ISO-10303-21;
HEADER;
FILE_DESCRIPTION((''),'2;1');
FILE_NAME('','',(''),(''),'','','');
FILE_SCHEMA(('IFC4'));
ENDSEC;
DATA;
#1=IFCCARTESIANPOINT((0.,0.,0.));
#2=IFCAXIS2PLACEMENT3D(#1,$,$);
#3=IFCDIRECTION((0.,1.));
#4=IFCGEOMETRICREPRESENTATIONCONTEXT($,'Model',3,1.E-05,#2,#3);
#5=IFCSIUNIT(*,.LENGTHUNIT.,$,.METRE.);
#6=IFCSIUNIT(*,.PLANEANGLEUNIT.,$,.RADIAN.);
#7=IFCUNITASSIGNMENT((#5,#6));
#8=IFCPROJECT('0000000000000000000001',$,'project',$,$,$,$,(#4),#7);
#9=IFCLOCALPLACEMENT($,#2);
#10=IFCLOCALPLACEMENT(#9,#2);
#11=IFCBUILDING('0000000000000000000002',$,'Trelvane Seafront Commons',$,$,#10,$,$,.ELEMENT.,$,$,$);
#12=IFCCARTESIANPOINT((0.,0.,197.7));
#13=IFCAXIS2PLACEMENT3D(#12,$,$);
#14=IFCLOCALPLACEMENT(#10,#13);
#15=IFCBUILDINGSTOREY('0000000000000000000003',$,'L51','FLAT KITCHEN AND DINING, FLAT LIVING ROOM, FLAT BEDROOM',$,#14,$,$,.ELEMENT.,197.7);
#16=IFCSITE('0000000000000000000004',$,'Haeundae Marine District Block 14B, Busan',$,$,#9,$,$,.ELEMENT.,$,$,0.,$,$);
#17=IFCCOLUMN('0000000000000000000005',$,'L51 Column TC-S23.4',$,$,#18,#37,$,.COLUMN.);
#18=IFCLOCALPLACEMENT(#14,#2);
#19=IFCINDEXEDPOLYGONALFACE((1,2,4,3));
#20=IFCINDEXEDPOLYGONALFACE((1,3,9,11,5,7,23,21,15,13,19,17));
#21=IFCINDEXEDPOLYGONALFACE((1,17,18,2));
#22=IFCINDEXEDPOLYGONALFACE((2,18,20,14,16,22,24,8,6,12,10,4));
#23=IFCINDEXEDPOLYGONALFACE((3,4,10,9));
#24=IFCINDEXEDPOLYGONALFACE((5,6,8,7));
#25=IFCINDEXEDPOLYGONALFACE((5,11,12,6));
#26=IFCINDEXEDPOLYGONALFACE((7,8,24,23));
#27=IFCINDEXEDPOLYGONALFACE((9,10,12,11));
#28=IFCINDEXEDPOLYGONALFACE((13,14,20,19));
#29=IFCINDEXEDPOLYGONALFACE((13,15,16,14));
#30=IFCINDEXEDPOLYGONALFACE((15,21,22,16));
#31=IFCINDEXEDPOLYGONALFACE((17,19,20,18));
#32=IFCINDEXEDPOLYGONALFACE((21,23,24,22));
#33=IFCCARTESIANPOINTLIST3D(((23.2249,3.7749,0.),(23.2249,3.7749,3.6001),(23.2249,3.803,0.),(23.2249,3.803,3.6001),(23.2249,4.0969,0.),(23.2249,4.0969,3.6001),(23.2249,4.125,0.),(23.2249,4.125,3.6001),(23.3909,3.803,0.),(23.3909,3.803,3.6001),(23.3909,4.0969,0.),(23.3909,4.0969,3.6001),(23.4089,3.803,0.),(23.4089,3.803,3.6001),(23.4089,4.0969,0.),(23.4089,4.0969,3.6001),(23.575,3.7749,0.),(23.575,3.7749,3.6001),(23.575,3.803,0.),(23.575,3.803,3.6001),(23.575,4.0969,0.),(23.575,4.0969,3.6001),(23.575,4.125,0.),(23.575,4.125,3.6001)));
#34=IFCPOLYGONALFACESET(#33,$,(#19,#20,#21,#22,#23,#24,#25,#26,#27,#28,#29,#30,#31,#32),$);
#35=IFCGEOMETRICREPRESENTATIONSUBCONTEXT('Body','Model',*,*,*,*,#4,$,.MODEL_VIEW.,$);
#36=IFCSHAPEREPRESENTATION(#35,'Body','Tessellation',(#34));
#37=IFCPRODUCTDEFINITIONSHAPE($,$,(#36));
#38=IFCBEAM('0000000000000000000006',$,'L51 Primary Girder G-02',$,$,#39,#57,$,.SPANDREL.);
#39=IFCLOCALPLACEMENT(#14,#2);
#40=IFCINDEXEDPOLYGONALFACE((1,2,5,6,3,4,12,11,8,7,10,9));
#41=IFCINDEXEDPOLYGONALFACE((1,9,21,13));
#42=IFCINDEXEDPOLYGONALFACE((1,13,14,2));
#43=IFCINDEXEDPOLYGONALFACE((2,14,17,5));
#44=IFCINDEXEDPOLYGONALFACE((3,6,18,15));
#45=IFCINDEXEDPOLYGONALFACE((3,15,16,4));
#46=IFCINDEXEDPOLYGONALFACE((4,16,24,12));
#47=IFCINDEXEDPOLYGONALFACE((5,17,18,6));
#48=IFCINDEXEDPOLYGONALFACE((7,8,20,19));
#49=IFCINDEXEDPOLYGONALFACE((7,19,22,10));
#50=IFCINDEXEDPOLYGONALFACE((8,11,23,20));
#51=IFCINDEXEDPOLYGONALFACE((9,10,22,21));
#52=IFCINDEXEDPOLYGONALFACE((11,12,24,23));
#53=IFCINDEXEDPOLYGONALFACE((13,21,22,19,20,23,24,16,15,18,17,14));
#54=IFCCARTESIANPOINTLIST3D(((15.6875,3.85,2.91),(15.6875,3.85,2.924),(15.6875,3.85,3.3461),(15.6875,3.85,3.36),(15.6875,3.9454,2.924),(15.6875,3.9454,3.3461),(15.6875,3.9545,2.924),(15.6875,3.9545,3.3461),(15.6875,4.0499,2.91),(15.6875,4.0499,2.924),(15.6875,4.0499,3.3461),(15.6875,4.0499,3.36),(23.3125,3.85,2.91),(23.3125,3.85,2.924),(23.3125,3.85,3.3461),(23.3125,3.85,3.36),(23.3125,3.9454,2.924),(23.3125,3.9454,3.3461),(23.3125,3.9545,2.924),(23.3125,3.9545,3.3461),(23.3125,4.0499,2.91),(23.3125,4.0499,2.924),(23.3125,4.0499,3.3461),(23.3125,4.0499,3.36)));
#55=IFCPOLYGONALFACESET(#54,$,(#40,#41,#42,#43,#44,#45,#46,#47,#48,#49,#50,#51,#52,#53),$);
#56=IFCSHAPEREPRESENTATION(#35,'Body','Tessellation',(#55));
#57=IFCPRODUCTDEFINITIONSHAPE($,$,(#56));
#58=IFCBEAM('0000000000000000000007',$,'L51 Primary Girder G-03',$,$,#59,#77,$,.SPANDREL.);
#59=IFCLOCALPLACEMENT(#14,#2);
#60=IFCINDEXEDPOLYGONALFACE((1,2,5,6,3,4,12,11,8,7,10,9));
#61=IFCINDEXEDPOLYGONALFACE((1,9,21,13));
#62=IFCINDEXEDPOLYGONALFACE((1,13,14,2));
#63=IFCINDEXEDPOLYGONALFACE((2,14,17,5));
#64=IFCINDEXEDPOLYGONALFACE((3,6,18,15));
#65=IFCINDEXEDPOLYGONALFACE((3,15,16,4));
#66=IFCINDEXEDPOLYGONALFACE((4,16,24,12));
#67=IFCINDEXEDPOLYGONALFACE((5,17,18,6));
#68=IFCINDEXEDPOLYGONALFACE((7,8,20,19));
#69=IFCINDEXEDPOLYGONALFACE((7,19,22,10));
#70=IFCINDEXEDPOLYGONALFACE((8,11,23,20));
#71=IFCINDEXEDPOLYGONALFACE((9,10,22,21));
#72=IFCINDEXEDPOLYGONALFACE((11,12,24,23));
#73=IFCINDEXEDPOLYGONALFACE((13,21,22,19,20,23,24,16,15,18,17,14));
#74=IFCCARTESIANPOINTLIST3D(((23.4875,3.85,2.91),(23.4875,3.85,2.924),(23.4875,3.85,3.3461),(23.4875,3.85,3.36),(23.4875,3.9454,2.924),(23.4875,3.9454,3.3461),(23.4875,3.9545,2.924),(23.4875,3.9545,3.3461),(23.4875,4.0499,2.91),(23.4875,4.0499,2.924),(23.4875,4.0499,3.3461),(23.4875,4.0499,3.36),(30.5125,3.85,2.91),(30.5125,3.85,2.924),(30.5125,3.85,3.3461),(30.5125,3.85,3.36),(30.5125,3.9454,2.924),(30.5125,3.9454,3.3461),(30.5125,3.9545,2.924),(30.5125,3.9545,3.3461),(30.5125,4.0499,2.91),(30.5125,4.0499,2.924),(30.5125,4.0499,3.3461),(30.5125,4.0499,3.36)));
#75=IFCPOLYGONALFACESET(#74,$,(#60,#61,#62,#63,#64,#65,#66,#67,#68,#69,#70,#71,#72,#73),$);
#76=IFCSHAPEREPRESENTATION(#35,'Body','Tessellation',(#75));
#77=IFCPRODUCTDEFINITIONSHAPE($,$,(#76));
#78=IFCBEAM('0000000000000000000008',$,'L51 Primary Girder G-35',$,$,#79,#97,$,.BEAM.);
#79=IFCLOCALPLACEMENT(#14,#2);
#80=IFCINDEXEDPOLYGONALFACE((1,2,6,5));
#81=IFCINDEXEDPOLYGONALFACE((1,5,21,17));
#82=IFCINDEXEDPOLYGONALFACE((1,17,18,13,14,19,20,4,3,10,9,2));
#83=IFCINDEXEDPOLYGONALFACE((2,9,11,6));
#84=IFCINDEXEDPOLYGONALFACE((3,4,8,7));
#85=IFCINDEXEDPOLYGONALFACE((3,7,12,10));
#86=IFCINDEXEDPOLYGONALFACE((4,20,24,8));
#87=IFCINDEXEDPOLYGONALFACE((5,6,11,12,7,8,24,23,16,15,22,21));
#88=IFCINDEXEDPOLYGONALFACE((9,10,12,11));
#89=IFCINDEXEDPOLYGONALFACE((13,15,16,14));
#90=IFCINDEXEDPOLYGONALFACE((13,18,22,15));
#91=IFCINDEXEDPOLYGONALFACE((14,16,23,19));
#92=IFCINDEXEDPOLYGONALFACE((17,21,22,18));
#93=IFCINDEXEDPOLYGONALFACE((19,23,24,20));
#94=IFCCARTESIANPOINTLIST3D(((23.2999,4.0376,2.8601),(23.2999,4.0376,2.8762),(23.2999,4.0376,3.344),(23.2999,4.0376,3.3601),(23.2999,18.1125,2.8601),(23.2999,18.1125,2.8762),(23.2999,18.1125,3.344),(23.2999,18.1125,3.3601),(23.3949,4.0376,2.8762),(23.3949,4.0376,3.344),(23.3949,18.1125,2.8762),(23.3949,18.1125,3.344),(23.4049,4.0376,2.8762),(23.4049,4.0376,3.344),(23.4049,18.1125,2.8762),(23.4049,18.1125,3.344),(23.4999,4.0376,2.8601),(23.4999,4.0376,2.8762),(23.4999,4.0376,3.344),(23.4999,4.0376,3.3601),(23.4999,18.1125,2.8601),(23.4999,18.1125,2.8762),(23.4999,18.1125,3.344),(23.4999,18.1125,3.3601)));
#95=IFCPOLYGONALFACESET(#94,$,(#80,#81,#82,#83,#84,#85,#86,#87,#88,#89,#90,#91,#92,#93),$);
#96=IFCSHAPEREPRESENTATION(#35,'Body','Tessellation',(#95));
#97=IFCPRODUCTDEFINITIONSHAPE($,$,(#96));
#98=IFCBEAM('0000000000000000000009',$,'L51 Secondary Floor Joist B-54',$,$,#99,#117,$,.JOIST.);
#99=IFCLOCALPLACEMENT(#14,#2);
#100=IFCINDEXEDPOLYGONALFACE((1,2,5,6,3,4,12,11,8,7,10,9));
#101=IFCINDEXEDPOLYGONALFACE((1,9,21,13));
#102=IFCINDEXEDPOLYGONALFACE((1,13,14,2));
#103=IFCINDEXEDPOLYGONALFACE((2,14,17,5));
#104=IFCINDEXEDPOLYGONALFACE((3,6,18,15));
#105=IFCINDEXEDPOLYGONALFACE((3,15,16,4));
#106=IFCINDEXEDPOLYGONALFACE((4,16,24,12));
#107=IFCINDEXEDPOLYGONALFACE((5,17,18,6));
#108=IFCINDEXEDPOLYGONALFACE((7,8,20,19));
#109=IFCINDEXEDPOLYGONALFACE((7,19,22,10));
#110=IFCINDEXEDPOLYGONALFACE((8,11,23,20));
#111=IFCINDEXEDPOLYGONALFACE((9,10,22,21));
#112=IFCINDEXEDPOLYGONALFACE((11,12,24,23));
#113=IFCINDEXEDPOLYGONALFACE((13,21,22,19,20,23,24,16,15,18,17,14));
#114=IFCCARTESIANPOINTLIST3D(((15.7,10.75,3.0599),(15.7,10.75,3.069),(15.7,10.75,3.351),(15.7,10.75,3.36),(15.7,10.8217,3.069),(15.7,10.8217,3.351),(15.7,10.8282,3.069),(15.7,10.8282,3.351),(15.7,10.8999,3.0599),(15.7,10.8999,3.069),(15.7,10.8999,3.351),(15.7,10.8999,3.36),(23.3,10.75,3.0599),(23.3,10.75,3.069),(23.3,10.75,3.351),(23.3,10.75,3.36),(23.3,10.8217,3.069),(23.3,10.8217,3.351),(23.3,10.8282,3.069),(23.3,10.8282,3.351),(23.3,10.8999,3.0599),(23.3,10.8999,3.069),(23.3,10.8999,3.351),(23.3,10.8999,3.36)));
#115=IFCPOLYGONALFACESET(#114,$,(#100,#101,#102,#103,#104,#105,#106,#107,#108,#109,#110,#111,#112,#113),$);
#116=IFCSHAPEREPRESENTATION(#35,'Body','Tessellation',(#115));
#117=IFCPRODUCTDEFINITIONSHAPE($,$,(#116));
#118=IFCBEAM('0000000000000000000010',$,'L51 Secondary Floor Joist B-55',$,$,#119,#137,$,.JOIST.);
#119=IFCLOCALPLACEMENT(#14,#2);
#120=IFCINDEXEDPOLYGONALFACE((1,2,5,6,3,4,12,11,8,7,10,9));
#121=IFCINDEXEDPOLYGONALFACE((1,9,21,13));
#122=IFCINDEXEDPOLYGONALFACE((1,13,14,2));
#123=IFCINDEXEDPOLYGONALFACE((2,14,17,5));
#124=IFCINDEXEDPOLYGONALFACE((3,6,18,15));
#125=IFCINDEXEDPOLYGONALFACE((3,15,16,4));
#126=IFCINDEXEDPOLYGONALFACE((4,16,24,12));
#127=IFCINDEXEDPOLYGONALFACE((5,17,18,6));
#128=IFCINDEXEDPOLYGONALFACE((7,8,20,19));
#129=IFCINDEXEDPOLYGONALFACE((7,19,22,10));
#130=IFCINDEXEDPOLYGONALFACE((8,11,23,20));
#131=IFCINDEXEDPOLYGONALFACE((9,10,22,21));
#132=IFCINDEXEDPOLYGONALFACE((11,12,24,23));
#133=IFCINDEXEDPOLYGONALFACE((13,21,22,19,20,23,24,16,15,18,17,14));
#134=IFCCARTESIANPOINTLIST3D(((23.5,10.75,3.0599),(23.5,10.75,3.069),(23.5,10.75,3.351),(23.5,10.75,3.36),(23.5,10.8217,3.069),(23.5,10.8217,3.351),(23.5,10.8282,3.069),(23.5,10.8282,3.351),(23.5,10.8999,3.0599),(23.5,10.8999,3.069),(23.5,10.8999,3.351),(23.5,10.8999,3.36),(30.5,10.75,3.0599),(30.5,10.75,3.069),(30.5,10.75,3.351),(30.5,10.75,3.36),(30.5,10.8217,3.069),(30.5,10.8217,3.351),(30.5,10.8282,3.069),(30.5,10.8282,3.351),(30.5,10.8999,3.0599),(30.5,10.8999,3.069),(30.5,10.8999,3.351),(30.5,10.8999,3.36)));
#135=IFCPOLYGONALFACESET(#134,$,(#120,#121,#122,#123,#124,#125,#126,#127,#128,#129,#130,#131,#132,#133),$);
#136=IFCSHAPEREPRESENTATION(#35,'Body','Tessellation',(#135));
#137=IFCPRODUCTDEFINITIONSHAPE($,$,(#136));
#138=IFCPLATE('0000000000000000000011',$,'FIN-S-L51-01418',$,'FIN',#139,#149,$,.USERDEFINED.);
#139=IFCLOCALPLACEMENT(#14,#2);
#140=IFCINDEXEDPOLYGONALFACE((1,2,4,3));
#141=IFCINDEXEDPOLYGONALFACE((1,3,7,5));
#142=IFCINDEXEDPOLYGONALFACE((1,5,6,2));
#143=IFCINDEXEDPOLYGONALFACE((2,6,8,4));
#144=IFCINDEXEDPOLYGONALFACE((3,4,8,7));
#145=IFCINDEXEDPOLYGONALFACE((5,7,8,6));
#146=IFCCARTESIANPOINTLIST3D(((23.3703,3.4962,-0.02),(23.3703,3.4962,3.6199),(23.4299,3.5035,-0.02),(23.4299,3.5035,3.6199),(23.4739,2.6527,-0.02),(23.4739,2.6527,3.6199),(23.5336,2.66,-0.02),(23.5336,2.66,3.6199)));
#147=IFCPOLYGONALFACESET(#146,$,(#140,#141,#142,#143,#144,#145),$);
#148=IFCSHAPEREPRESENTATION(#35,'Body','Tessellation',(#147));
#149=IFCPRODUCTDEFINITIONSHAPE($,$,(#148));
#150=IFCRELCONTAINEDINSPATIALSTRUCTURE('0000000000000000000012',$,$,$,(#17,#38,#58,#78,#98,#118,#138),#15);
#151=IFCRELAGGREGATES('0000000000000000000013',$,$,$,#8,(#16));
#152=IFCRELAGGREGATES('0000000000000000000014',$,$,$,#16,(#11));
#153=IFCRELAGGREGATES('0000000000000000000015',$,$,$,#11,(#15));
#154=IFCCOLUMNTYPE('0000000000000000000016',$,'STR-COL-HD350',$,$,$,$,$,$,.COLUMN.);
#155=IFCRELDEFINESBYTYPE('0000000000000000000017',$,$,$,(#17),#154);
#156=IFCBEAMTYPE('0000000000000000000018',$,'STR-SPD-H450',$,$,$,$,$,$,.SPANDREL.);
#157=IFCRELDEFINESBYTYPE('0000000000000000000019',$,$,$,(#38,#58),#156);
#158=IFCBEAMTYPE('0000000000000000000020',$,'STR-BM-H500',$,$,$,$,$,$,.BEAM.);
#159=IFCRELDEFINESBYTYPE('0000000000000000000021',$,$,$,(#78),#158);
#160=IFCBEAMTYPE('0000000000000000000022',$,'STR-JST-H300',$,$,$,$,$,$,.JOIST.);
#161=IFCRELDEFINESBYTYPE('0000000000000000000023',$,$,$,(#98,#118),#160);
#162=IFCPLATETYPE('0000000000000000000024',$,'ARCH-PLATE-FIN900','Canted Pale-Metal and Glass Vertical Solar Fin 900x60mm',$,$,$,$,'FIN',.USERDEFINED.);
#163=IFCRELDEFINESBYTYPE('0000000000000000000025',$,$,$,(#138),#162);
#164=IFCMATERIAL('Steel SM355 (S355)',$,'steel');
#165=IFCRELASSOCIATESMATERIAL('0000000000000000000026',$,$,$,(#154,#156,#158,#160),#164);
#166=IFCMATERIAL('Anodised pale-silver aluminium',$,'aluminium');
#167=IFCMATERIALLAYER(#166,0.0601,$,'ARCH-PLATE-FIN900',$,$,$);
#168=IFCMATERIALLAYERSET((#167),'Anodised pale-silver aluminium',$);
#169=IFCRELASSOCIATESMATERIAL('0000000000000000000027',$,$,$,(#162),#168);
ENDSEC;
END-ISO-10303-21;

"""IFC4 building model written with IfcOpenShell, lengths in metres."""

from ifc_helpers import new_model, si_unit, direction, frame, origin, origin_2d, place, context, subcontext, project, spatial, rectangle, i_section, extrude, source, transform, mapped, material, layer, layer_set, material_profile, profile_set, type_object, element, save


model = new_model("IFC4")

# Units and contexts
model_context = context("Model", 3, precision=1e-05, world=origin(), true_north=direction((0.0, 1.0)))
body_context = subcontext(model_context, "Body", "Model", "MODEL_VIEW")
ifc_project = project(units=[si_unit("LENGTHUNIT", "METRE"), si_unit("PLANEANGLEUNIT", "RADIAN")], contexts=[model_context])

# Site, building, storey
site_placement = place(None, origin())
site = spatial("IfcSite", under=ifc_project, at=site_placement, Name="Haeundae Marine District Block 14B, Busan", CompositionType="ELEMENT", RefElevation=0.0)
building_placement = place(site_placement, origin())
building = spatial("IfcBuilding", under=site, at=building_placement, Name="Trelvane Seafront Commons", CompositionType="ELEMENT")
storey_placement = place(building_placement, frame((0.0, 0.0, 197.7)))
storey = spatial("IfcBuildingStorey", under=building, at=storey_placement, Name="L51", Description="FLAT KITCHEN AND DINING, FLAT LIVING ROOM, FLAT BEDROOM", CompositionType="ELEMENT", Elevation=197.7)

# Column
ifc_material_1 = material(Name="Steel SM355 (S355)", Category="steel")
ifc_material_profile_1 = material_profile(ifc_material_1, i_section(OverallWidth=0.3501, OverallDepth=0.3501, WebThickness=0.0181, FlangeThickness=0.0281, at=origin_2d()), Name="HD-350x350x18x28")
ifc_profile_set_1 = profile_set([ifc_material_profile_1], Name="Steel SM355 (S355)")
column_type = type_object("IfcColumnType", Name="STR-COL-HD350", PredefinedType="COLUMN", material=ifc_profile_set_1)
shared_shape_1 = source(origin(), body_context, "Body", "SweptSolid", [
    extrude(i_section(OverallWidth=0.3501, OverallDepth=0.3501, WebThickness=0.0181, FlangeThickness=0.0281, at=origin_2d()), origin(), (0.0, 0.0, 1.0), 3.6001),
])
column_placement = place(storey_placement, frame((23.3999, 3.95, 0.0), z_axis=(0.0, 0.0, 1.0), x_axis=(1.0, 0.0, 0.0)))
element("IfcColumn", 1, at=column_placement, inside=storey, type_object=column_type, Name="L51 Column TC-S23.4", PredefinedType="COLUMN", context=body_context, shape_type="MappedRepresentation", body=[
    mapped(shared_shape_1, transform((0.0, 0.0, 0.0), x_axis=(1.0, 0.0, 0.0), y_axis=(0.0, 1.0, 0.0), z_axis=(0.0, 0.0, 1.0), scale=1.0)),
])

# Beams
ifc_material_profile_2 = material_profile(ifc_material_1, i_section(OverallWidth=0.2, OverallDepth=0.45, WebThickness=0.009, FlangeThickness=0.0139, at=origin_2d()), Name="H-450x200x9x14")
ifc_profile_set_2 = profile_set([ifc_material_profile_2], Name="Steel SM355 (S355)")
beam_type_1 = type_object("IfcBeamType", Name="STR-SPD-H450", PredefinedType="SPANDREL", material=ifc_profile_set_2)
shared_shape_2 = source(origin(), body_context, "Body", "SweptSolid", [
    extrude(i_section(OverallWidth=0.2, OverallDepth=0.45, WebThickness=0.009, FlangeThickness=0.0139, at=origin_2d()), origin(), (0.0, 0.0, 1.0), 7.625),
])
beam_1_placement = place(storey_placement, frame((15.6875, 3.95, 3.135), z_axis=(1.0, 0.0, 0.0), x_axis=(0.0, 1.0, 0.0)))
element("IfcBeam", 2, at=beam_1_placement, inside=storey, type_object=beam_type_1, Name="L51 Primary Girder G-02", PredefinedType="SPANDREL", context=body_context, shape_type="MappedRepresentation", body=[
    mapped(shared_shape_2, transform((0.0, 0.0, 0.0), x_axis=(1.0, 0.0, 0.0), y_axis=(0.0, 1.0, 0.0), z_axis=(0.0, 0.0, 1.0), scale=1.0)),
])
shared_shape_3 = source(origin(), body_context, "Body", "SweptSolid", [
    extrude(i_section(OverallWidth=0.2, OverallDepth=0.45, WebThickness=0.009, FlangeThickness=0.0139, at=origin_2d()), origin(), (0.0, 0.0, 1.0), 7.0249),
])
beam_2_placement = place(storey_placement, frame((23.4875, 3.95, 3.135), z_axis=(1.0, 0.0, 0.0), x_axis=(0.0, 1.0, 0.0)))
element("IfcBeam", 3, at=beam_2_placement, inside=storey, type_object=beam_type_1, Name="L51 Primary Girder G-03", PredefinedType="SPANDREL", context=body_context, shape_type="MappedRepresentation", body=[
    mapped(shared_shape_3, transform((0.0, 0.0, 0.0), x_axis=(1.0, 0.0, 0.0), y_axis=(0.0, 1.0, 0.0), z_axis=(0.0, 0.0, 1.0), scale=1.0)),
])
ifc_material_profile_3 = material_profile(ifc_material_1, i_section(OverallWidth=0.2, OverallDepth=0.5, WebThickness=0.01, FlangeThickness=0.0161, at=origin_2d()), Name="H-500x200x10x16")
ifc_profile_set_3 = profile_set([ifc_material_profile_3], Name="Steel SM355 (S355)")
beam_type_2 = type_object("IfcBeamType", Name="STR-BM-H500", PredefinedType="BEAM", material=ifc_profile_set_3)
shared_shape_4 = source(origin(), body_context, "Body", "SweptSolid", [
    extrude(i_section(OverallWidth=0.2, OverallDepth=0.5, WebThickness=0.01, FlangeThickness=0.0161, at=origin_2d()), origin(), (0.0, 0.0, 1.0), 14.075),
])
beam_3_placement = place(storey_placement, frame((23.3999, 4.0376, 3.1101), z_axis=(0.0, 1.0, 0.0), x_axis=(-1.0, 0.0, 0.0)))
element("IfcBeam", 4, at=beam_3_placement, inside=storey, type_object=beam_type_2, Name="L51 Primary Girder G-35", PredefinedType="BEAM", context=body_context, shape_type="MappedRepresentation", body=[
    mapped(shared_shape_4, transform((0.0, 0.0, 0.0), x_axis=(1.0, 0.0, 0.0), y_axis=(0.0, 1.0, 0.0), z_axis=(0.0, 0.0, 1.0), scale=1.0)),
])
ifc_material_profile_4 = material_profile(ifc_material_1, i_section(OverallWidth=0.1499, OverallDepth=0.3, WebThickness=0.0066, FlangeThickness=0.009, at=origin_2d()), Name="H-300x150x6.5x9")
ifc_profile_set_4 = profile_set([ifc_material_profile_4], Name="Steel SM355 (S355)")
beam_type_3 = type_object("IfcBeamType", Name="STR-JST-H300", PredefinedType="JOIST", material=ifc_profile_set_4)
shared_shape_5 = source(origin(), body_context, "Body", "SweptSolid", [
    extrude(i_section(OverallWidth=0.1499, OverallDepth=0.3, WebThickness=0.0066, FlangeThickness=0.009, at=origin_2d()), origin(), (0.0, 0.0, 1.0), 7.6001),
])
beam_4_placement = place(storey_placement, frame((15.7, 10.825, 3.21), z_axis=(1.0, 0.0, 0.0), x_axis=(0.0, 1.0, 0.0)))
element("IfcBeam", 5, at=beam_4_placement, inside=storey, type_object=beam_type_3, Name="L51 Secondary Floor Joist B-54", PredefinedType="JOIST", context=body_context, shape_type="MappedRepresentation", body=[
    mapped(shared_shape_5, transform((0.0, 0.0, 0.0), x_axis=(1.0, 0.0, 0.0), y_axis=(0.0, 1.0, 0.0), z_axis=(0.0, 0.0, 1.0), scale=1.0)),
])
shared_shape_6 = source(origin(), body_context, "Body", "SweptSolid", [
    extrude(i_section(OverallWidth=0.1499, OverallDepth=0.3, WebThickness=0.0066, FlangeThickness=0.009, at=origin_2d()), origin(), (0.0, 0.0, 1.0), 7.0),
])
beam_5_placement = place(storey_placement, frame((23.5, 10.825, 3.21), z_axis=(1.0, 0.0, 0.0), x_axis=(0.0, 1.0, 0.0)))
element("IfcBeam", 6, at=beam_5_placement, inside=storey, type_object=beam_type_3, Name="L51 Secondary Floor Joist B-55", PredefinedType="JOIST", context=body_context, shape_type="MappedRepresentation", body=[
    mapped(shared_shape_6, transform((0.0, 0.0, 0.0), x_axis=(1.0, 0.0, 0.0), y_axis=(0.0, 1.0, 0.0), z_axis=(0.0, 0.0, 1.0), scale=1.0)),
])

# Plate
ifc_material_2 = material(Name="Anodised pale-silver aluminium", Category="aluminium")
ifc_layer_1 = layer(ifc_material_2, 0.0601, Name="ARCH-PLATE-FIN900")
ifc_layer_set_1 = layer_set([ifc_layer_1], Name="Anodised pale-silver aluminium")
plate_type = type_object("IfcPlateType", Name="ARCH-PLATE-FIN900", Description="Canted Pale-Metal and Glass Vertical Solar Fin 900x60mm", ElementType="FIN", PredefinedType="USERDEFINED", material=ifc_layer_set_1)
shared_shape_7 = source(origin(), body_context, "Body", "SweptSolid", [
    extrude(rectangle(XDim=0.8499, YDim=0.0601, at=origin_2d()), origin(), (0.0, 0.0, 1.0), 3.6399),
])
plate_placement = place(storey_placement, frame((23.4519, 3.0781, -0.02), z_axis=(0.0, 0.0, 1.0), x_axis=(0.122008, -0.992529, 0.0)))
element("IfcPlate", 7, at=plate_placement, inside=storey, type_object=plate_type, Name="FIN-S-L51-01418", ObjectType="FIN", PredefinedType="USERDEFINED", context=body_context, shape_type="MappedRepresentation", body=[
    mapped(shared_shape_7, transform((0.0, 0.0, 0.0), x_axis=(1.0, 0.0, 0.0), y_axis=(0.0, 1.0, 0.0), z_axis=(0.0, 0.0, 1.0), scale=1.0)),
])

save(model, "model.ifc")
